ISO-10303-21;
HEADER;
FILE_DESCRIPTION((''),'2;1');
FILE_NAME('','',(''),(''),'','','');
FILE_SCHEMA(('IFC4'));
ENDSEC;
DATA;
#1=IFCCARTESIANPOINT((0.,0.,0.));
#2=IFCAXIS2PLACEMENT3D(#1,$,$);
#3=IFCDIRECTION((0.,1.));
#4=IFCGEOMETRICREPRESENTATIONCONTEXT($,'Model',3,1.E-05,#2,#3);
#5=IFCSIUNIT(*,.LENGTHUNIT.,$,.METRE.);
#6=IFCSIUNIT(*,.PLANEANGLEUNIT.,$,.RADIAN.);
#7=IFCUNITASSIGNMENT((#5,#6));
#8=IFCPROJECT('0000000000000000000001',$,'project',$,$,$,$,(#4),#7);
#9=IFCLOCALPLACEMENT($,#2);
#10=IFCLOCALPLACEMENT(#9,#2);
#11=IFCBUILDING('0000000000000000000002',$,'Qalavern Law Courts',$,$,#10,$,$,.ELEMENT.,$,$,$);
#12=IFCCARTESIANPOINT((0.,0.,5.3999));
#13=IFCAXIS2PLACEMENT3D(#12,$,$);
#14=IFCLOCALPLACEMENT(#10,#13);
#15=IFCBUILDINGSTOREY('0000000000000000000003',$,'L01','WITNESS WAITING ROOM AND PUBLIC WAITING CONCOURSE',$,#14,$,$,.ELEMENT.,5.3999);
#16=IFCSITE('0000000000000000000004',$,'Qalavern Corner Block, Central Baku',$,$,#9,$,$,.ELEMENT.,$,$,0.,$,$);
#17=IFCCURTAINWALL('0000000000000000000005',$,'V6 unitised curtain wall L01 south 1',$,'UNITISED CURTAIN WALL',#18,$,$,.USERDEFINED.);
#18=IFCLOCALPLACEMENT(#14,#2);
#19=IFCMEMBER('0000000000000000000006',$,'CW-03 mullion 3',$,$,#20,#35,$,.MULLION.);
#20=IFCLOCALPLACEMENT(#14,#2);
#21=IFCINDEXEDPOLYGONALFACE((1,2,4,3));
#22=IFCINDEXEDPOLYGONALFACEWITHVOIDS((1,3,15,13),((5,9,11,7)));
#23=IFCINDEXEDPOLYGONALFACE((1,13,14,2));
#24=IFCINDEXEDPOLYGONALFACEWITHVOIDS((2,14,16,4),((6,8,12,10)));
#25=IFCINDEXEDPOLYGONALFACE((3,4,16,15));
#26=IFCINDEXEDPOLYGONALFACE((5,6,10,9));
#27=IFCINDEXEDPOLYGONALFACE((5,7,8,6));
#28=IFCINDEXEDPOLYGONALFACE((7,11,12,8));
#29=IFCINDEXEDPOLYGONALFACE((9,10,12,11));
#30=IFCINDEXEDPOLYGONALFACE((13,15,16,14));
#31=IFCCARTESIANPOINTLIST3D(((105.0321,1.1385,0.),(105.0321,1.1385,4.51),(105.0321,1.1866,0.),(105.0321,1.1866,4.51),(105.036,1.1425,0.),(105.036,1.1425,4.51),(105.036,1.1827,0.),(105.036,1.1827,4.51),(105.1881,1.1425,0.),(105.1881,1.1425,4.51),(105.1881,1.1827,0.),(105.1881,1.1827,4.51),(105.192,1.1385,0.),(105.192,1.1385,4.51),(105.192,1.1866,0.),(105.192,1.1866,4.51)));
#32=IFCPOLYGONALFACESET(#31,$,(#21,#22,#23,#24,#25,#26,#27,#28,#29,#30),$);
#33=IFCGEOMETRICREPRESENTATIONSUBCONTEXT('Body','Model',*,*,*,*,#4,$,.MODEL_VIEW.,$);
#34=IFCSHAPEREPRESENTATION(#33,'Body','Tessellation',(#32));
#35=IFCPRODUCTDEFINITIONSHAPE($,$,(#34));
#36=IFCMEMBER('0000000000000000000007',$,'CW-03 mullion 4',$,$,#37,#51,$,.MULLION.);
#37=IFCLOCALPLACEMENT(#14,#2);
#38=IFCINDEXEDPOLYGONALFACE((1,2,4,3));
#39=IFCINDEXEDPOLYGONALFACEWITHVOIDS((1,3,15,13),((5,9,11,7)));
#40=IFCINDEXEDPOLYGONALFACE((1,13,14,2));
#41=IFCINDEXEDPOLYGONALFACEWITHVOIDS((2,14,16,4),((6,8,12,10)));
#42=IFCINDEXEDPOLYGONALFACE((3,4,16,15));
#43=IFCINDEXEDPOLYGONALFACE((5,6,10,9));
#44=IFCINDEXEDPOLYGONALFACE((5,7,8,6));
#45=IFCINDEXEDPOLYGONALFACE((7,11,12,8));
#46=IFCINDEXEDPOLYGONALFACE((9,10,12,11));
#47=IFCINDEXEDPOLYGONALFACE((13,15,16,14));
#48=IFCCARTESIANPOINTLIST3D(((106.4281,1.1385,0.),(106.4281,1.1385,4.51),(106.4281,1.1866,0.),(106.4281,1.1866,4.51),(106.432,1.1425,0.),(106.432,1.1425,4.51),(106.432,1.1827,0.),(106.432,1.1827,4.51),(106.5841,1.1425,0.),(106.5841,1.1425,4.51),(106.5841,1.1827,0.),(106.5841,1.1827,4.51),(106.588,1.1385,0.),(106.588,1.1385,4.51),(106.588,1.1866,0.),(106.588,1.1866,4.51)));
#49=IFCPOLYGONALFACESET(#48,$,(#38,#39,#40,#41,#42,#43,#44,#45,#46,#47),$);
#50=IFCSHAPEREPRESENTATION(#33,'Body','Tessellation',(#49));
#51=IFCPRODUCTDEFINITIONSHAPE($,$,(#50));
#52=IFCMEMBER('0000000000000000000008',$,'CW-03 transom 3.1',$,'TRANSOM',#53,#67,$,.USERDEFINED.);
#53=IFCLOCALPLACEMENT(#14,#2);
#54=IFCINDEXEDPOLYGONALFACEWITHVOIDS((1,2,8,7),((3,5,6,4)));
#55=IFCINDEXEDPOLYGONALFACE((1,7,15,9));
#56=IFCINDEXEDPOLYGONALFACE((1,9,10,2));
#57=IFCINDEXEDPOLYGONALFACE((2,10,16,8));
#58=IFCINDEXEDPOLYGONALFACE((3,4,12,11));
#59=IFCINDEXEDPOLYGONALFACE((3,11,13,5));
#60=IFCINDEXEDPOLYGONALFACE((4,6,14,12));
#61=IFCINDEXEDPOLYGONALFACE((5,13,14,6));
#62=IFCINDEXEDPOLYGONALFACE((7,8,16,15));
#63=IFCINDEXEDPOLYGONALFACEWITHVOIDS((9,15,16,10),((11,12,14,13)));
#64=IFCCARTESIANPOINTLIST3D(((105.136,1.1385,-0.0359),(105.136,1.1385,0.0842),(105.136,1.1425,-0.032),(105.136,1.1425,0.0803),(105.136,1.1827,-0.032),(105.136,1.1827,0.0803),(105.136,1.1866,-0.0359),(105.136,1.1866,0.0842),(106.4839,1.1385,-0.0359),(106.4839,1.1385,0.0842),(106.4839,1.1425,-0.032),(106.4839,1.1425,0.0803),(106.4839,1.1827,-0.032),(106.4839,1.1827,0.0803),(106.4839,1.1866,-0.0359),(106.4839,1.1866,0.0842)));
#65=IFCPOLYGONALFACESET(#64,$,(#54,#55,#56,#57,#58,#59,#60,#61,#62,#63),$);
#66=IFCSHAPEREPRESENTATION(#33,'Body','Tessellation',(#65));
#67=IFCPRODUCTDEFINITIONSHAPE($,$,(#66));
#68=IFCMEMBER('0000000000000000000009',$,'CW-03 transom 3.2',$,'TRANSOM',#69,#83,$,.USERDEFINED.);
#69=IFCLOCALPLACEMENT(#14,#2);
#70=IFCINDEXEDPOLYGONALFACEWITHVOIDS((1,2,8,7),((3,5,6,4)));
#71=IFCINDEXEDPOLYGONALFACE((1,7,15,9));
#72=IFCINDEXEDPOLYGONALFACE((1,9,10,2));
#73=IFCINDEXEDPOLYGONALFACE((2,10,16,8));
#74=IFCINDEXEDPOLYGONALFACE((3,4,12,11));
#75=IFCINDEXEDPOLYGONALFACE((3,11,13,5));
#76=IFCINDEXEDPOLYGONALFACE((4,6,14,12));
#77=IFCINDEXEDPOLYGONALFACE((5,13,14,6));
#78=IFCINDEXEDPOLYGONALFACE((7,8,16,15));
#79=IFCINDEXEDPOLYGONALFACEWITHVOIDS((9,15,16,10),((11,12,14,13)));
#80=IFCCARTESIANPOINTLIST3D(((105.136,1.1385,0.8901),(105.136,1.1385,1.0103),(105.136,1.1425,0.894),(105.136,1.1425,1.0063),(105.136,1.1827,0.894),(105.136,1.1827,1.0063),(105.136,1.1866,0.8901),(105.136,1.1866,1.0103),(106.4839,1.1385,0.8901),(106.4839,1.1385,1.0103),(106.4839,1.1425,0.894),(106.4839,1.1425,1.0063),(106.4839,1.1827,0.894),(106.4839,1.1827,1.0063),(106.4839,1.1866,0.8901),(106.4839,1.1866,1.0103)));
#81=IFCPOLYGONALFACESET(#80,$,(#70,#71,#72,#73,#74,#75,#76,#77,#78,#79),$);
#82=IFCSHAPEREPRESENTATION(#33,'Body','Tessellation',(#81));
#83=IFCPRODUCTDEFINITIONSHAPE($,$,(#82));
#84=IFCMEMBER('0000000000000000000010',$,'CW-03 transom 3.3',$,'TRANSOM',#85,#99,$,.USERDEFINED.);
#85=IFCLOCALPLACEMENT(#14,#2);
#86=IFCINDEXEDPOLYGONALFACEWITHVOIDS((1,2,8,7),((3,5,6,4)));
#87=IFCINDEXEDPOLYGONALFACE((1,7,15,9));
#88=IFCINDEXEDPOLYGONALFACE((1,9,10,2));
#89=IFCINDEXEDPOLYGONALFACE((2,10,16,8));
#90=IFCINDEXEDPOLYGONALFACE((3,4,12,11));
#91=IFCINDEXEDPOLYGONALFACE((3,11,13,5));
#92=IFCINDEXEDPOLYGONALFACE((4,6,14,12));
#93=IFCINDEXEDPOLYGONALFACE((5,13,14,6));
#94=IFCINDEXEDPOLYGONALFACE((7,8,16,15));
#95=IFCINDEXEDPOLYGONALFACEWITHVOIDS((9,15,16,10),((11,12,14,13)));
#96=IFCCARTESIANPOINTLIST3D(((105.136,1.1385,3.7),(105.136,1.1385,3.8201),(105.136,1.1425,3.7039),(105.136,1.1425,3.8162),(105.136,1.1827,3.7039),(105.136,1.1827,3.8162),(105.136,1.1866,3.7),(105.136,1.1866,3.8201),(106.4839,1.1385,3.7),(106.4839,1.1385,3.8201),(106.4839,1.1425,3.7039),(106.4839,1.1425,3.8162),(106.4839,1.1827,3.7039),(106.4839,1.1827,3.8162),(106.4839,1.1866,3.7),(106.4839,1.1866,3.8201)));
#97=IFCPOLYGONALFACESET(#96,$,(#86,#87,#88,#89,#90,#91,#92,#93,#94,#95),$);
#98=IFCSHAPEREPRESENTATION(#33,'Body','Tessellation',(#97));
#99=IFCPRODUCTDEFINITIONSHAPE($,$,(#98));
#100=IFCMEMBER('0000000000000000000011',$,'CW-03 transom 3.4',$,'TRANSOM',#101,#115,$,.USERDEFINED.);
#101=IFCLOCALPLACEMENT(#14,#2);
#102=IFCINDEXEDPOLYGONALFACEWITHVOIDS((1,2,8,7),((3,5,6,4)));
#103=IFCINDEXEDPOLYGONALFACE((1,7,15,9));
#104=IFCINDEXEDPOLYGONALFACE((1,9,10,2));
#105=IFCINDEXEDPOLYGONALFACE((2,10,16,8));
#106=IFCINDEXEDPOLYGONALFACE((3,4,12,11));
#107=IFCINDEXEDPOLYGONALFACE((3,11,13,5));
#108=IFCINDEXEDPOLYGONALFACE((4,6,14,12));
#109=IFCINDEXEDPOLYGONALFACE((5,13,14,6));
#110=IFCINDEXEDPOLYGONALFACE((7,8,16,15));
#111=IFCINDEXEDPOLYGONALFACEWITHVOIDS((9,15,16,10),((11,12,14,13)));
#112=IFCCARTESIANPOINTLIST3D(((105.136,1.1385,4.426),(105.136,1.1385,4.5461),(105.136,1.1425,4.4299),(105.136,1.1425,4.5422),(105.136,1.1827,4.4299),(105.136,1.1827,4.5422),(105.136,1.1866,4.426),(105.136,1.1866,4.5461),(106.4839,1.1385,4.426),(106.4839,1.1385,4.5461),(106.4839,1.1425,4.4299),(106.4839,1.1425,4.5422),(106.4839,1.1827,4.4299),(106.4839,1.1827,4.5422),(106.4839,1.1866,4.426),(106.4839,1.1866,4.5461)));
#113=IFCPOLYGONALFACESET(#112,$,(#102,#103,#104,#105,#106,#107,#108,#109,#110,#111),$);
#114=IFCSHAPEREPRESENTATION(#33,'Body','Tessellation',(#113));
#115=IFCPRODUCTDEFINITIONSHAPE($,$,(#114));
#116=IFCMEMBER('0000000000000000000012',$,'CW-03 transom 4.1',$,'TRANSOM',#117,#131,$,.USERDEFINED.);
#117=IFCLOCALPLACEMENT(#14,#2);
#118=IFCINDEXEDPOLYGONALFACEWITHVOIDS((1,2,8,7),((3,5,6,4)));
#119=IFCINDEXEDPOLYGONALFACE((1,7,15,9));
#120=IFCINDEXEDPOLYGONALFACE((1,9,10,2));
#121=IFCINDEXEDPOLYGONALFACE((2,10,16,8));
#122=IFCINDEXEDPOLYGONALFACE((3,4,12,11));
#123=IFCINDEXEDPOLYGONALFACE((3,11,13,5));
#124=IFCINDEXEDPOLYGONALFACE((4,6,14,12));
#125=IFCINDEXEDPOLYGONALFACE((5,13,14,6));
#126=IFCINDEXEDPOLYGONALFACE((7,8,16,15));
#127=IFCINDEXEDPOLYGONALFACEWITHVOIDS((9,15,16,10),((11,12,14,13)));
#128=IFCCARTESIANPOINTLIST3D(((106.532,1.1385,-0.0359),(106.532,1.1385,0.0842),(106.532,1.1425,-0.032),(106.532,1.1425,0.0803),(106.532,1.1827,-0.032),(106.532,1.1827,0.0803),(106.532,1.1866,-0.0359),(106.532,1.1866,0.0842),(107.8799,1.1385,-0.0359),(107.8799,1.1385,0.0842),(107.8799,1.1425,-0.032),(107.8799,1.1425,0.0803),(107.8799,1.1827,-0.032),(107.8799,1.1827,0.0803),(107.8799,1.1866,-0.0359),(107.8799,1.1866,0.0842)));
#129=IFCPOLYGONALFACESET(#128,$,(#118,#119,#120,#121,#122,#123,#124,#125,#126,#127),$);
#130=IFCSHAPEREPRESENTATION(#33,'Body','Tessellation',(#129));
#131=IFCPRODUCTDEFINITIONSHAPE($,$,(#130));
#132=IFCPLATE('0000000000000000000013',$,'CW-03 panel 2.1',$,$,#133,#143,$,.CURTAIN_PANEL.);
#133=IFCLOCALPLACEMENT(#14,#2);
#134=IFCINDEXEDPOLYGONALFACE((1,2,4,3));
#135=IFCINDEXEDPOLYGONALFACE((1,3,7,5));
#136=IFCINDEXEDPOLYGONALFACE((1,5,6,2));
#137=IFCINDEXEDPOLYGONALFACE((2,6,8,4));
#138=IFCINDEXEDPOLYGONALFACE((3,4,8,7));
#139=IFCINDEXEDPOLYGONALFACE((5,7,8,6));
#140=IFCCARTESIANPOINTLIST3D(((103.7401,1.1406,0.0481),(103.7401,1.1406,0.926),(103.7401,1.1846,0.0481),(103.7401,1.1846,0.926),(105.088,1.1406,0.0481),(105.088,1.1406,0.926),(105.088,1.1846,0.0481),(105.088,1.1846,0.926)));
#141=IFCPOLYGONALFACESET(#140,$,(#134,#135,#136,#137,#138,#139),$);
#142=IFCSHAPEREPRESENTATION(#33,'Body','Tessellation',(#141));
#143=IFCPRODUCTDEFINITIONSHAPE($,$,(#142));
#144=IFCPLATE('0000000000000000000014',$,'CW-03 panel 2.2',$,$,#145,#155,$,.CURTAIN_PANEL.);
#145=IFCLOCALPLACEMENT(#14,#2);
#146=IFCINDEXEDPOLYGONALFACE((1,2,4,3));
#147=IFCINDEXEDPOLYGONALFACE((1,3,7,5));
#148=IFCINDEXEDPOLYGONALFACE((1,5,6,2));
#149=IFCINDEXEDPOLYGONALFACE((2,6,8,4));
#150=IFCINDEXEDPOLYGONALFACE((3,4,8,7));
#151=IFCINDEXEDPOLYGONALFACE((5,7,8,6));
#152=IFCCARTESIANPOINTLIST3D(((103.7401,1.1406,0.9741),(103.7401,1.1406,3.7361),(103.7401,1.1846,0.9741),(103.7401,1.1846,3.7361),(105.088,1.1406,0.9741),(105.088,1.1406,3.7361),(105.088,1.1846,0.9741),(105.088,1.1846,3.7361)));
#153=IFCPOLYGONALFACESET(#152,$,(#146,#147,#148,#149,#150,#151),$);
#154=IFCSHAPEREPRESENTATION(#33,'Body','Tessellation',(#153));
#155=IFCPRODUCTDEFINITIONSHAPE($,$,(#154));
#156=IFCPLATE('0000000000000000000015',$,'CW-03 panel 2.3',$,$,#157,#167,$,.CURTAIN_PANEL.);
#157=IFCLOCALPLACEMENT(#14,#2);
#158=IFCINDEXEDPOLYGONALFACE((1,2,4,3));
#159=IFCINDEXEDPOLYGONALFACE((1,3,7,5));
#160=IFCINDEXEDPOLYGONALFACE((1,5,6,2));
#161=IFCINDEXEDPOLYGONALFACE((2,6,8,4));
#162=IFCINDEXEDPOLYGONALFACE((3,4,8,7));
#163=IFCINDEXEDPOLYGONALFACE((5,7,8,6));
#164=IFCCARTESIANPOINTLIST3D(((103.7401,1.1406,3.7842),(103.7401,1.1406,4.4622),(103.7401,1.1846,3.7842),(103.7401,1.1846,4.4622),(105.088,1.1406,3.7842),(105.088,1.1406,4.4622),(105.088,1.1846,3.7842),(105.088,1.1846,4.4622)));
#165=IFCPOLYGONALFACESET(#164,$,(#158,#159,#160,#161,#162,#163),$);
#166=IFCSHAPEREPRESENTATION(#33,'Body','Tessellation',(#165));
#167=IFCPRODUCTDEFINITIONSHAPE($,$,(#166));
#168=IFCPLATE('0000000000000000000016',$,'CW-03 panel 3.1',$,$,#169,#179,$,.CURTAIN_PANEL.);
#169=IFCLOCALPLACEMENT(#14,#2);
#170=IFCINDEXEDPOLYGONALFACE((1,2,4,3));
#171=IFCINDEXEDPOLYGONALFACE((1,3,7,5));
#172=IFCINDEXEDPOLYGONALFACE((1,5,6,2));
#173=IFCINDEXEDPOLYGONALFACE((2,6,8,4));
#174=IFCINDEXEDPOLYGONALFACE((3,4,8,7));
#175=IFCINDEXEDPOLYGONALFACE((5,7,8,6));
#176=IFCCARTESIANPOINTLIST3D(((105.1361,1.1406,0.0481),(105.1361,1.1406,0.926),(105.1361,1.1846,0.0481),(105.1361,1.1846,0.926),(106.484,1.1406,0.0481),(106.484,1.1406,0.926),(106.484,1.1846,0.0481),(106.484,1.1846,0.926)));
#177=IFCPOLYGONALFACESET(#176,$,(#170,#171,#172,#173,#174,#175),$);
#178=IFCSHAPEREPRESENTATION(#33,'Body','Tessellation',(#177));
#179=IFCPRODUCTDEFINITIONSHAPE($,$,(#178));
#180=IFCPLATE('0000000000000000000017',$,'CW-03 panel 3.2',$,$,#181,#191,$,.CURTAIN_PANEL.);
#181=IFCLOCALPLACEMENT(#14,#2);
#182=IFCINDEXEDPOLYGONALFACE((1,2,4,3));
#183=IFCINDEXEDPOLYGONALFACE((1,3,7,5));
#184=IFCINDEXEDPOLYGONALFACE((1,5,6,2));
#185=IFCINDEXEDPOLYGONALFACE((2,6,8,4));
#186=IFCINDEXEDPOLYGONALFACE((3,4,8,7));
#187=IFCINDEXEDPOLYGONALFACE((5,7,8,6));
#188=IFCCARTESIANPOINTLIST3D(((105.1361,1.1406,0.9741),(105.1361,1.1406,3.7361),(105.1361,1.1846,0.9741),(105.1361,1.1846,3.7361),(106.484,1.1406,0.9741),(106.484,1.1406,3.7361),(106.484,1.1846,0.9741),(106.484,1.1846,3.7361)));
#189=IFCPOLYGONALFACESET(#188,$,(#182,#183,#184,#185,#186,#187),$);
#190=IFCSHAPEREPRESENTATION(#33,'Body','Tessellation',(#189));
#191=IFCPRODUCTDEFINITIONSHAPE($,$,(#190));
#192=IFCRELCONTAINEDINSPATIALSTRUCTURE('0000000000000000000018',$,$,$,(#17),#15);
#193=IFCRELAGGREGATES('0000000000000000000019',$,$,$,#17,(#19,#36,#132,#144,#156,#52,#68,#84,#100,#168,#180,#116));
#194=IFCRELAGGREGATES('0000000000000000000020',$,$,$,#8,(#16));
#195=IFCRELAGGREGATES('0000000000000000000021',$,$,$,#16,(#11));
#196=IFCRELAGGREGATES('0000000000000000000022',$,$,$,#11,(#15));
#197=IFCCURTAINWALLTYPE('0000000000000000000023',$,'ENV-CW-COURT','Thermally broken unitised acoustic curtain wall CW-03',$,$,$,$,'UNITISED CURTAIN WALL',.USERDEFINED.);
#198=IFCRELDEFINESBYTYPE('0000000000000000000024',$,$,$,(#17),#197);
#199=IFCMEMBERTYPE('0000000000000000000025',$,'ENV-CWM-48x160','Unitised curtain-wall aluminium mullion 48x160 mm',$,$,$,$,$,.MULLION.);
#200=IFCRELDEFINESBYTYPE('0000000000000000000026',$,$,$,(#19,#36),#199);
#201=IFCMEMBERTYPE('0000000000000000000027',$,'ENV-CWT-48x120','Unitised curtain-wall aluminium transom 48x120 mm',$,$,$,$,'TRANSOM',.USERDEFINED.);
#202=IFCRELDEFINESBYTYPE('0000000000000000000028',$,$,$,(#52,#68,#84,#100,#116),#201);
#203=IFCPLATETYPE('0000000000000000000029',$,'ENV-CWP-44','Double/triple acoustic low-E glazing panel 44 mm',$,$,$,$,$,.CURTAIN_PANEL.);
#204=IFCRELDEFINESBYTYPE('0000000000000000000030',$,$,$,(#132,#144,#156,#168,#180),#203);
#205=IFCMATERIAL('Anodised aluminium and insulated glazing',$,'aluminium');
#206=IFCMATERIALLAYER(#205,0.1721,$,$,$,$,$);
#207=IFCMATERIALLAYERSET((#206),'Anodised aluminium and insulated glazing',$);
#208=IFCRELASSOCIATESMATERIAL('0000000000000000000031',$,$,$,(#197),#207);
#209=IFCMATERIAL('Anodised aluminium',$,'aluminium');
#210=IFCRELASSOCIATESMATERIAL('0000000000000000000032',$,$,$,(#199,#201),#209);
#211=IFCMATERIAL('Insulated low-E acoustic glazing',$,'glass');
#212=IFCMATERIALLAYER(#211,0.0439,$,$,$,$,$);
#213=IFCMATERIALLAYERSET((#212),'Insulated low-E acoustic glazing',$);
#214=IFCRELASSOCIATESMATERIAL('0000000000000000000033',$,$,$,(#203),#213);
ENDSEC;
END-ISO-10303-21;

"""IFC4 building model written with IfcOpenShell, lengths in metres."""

from ifc_helpers import new_model, si_unit, direction, frame, origin, origin_2d, place, context, subcontext, project, spatial, rectangle, hollow_rectangle, extrude, material, layer, layer_set, material_profile, profile_set, type_object, element, aggregate, save


model = new_model("IFC4")

# Units and contexts
model_context = context("Model", 3, precision=1e-05, world=origin(), true_north=direction((0.0, 1.0)))
body_context = subcontext(model_context, "Body", "Model", "MODEL_VIEW")
ifc_project = project(units=[si_unit("LENGTHUNIT", "METRE"), si_unit("PLANEANGLEUNIT", "RADIAN")], contexts=[model_context])

# Site, building, storey
site_placement = place(None, origin())
site = spatial("IfcSite", under=ifc_project, at=site_placement, Name="Qalavern Corner Block, Central Baku", CompositionType="ELEMENT", RefElevation=0.0)
building_placement = place(site_placement, origin())
building = spatial("IfcBuilding", under=site, at=building_placement, Name="Qalavern Law Courts", CompositionType="ELEMENT")
storey_placement = place(building_placement, frame((0.0, 0.0, 5.3999)))
storey = spatial("IfcBuildingStorey", under=building, at=storey_placement, Name="L01", Description="WITNESS WAITING ROOM AND PUBLIC WAITING CONCOURSE", CompositionType="ELEMENT", Elevation=5.3999)

# Curtain wall, members, plates
ifc_material_1 = material(Name="Anodised aluminium and insulated glazing", Category="aluminium")
ifc_layer_1 = layer(ifc_material_1, 0.1721)
ifc_layer_set_1 = layer_set([ifc_layer_1], Name="Anodised aluminium and insulated glazing")
curtain_wall_type = type_object("IfcCurtainWallType", Name="ENV-CW-COURT", Description="Thermally broken unitised acoustic curtain wall CW-03", ElementType="UNITISED CURTAIN WALL", PredefinedType="USERDEFINED", material=ifc_layer_set_1)
curtain_wall_placement = place(storey_placement, origin())
curtain_wall = element("IfcCurtainWall", 1, at=curtain_wall_placement, inside=storey, type_object=curtain_wall_type, Name="V6 unitised curtain wall L01 south 1", ObjectType="UNITISED CURTAIN WALL", PredefinedType="USERDEFINED")
ifc_material_2 = material(Name="Anodised aluminium", Category="aluminium")
ifc_material_profile_1 = material_profile(ifc_material_2, hollow_rectangle(XDim=0.0481, YDim=0.1599, WallThickness=0.0039, at=origin_2d()), Name="ALU MULLION 48x160")
ifc_profile_set_1 = profile_set([ifc_material_profile_1], Name="Anodised aluminium")
member_type_1 = type_object("IfcMemberType", Name="ENV-CWM-48x160", Description="Unitised curtain-wall aluminium mullion 48x160 mm", PredefinedType="MULLION", material=ifc_profile_set_1)
member_1_placement = place(storey_placement, frame((105.1121, 1.1626, 0.0), z_axis=(0.0, 0.0, 1.0), x_axis=(0.0, 1.0, 0.0)))
member_1 = element("IfcMember", 2, at=member_1_placement, type_object=member_type_1, Name="CW-03 mullion 3", PredefinedType="MULLION", context=body_context, shape_type="SweptSolid", body=[
    extrude(hollow_rectangle(XDim=0.0481, YDim=0.1599, WallThickness=0.0039, at=origin_2d()), origin(), (0.0, 0.0, 1.0), 4.51),
])
member_2_placement = place(storey_placement, frame((106.5081, 1.1626, 0.0), z_axis=(0.0, 0.0, 1.0), x_axis=(0.0, 1.0, 0.0)))
member_2 = element("IfcMember", 3, at=member_2_placement, type_object=member_type_1, Name="CW-03 mullion 4", PredefinedType="MULLION", context=body_context, shape_type="SweptSolid", body=[
    extrude(hollow_rectangle(XDim=0.0481, YDim=0.1599, WallThickness=0.0039, at=origin_2d()), origin(), (0.0, 0.0, 1.0), 4.51),
])
ifc_material_profile_2 = material_profile(ifc_material_2, hollow_rectangle(XDim=0.0481, YDim=0.1201, WallThickness=0.0039, at=origin_2d()), Name="ALU TRANSOM 48x120")
ifc_profile_set_2 = profile_set([ifc_material_profile_2], Name="Anodised aluminium")
member_type_2 = type_object("IfcMemberType", Name="ENV-CWT-48x120", Description="Unitised curtain-wall aluminium transom 48x120 mm", ElementType="TRANSOM", PredefinedType="USERDEFINED", material=ifc_profile_set_2)
member_3_placement = place(storey_placement, frame((105.136, 1.1626, 0.0242), z_axis=(1.0, 0.0, 0.0), x_axis=(0.0, 1.0, 0.0)))
member_3 = element("IfcMember", 4, at=member_3_placement, type_object=member_type_2, Name="CW-03 transom 3.1", ObjectType="TRANSOM", PredefinedType="USERDEFINED", context=body_context, shape_type="SweptSolid", body=[
    extrude(hollow_rectangle(XDim=0.0481, YDim=0.1201, WallThickness=0.0039, at=origin_2d()), origin(), (0.0, 0.0, 1.0), 1.3479),
])
member_4_placement = place(storey_placement, frame((105.136, 1.1626, 0.9502), z_axis=(1.0, 0.0, 0.0), x_axis=(0.0, 1.0, 0.0)))
member_4 = element("IfcMember", 5, at=member_4_placement, type_object=member_type_2, Name="CW-03 transom 3.2", ObjectType="TRANSOM", PredefinedType="USERDEFINED", context=body_context, shape_type="SweptSolid", body=[
    extrude(hollow_rectangle(XDim=0.0481, YDim=0.1201, WallThickness=0.0039, at=origin_2d()), origin(), (0.0, 0.0, 1.0), 1.3479),
])
member_5_placement = place(storey_placement, frame((105.136, 1.1626, 3.76), z_axis=(1.0, 0.0, 0.0), x_axis=(0.0, 1.0, 0.0)))
member_5 = element("IfcMember", 6, at=member_5_placement, type_object=member_type_2, Name="CW-03 transom 3.3", ObjectType="TRANSOM", PredefinedType="USERDEFINED", context=body_context, shape_type="SweptSolid", body=[
    extrude(hollow_rectangle(XDim=0.0481, YDim=0.1201, WallThickness=0.0039, at=origin_2d()), origin(), (0.0, 0.0, 1.0), 1.3479),
])
member_6_placement = place(storey_placement, frame((105.136, 1.1626, 4.4861), z_axis=(1.0, 0.0, 0.0), x_axis=(0.0, 1.0, 0.0)))
member_6 = element("IfcMember", 7, at=member_6_placement, type_object=member_type_2, Name="CW-03 transom 3.4", ObjectType="TRANSOM", PredefinedType="USERDEFINED", context=body_context, shape_type="SweptSolid", body=[
    extrude(hollow_rectangle(XDim=0.0481, YDim=0.1201, WallThickness=0.0039, at=origin_2d()), origin(), (0.0, 0.0, 1.0), 1.3479),
])
member_7_placement = place(storey_placement, frame((106.532, 1.1626, 0.0242), z_axis=(1.0, 0.0, 0.0), x_axis=(0.0, 1.0, 0.0)))
member_7 = element("IfcMember", 8, at=member_7_placement, type_object=member_type_2, Name="CW-03 transom 4.1", ObjectType="TRANSOM", PredefinedType="USERDEFINED", context=body_context, shape_type="SweptSolid", body=[
    extrude(hollow_rectangle(XDim=0.0481, YDim=0.1201, WallThickness=0.0039, at=origin_2d()), origin(), (0.0, 0.0, 1.0), 1.3479),
])
ifc_material_3 = material(Name="Insulated low-E acoustic glazing", Category="glass")
ifc_layer_2 = layer(ifc_material_3, 0.0439)
ifc_layer_set_2 = layer_set([ifc_layer_2], Name="Insulated low-E acoustic glazing")
plate_type = type_object("IfcPlateType", Name="ENV-CWP-44", Description="Double/triple acoustic low-E glazing panel 44 mm", PredefinedType="CURTAIN_PANEL", material=ifc_layer_set_2)
plate_1_placement = place(storey_placement, frame((104.4141, 1.1626, 0.0481), z_axis=(0.0, 0.0, 1.0), x_axis=(1.0, 0.0, 0.0)))
plate_1 = element("IfcPlate", 9, at=plate_1_placement, type_object=plate_type, Name="CW-03 panel 2.1", PredefinedType="CURTAIN_PANEL", context=body_context, shape_type="SweptSolid", body=[
    extrude(rectangle(XDim=1.3479, YDim=0.0439, at=origin_2d()), origin(), (0.0, 0.0, 1.0), 0.8779),
])
plate_2_placement = place(storey_placement, frame((104.4141, 1.1626, 0.9741), z_axis=(0.0, 0.0, 1.0), x_axis=(1.0, 0.0, 0.0)))
plate_2 = element("IfcPlate", 10, at=plate_2_placement, type_object=plate_type, Name="CW-03 panel 2.2", PredefinedType="CURTAIN_PANEL", context=body_context, shape_type="SweptSolid", body=[
    extrude(rectangle(XDim=1.3479, YDim=0.0439, at=origin_2d()), origin(), (0.0, 0.0, 1.0), 2.762),
])
plate_3_placement = place(storey_placement, frame((104.4141, 1.1626, 3.7842), z_axis=(0.0, 0.0, 1.0), x_axis=(1.0, 0.0, 0.0)))
plate_3 = element("IfcPlate", 11, at=plate_3_placement, type_object=plate_type, Name="CW-03 panel 2.3", PredefinedType="CURTAIN_PANEL", context=body_context, shape_type="SweptSolid", body=[
    extrude(rectangle(XDim=1.3479, YDim=0.0439, at=origin_2d()), origin(), (0.0, 0.0, 1.0), 0.678),
])
plate_4_placement = place(storey_placement, frame((105.8101, 1.1626, 0.0481), z_axis=(0.0, 0.0, 1.0), x_axis=(1.0, 0.0, 0.0)))
plate_4 = element("IfcPlate", 12, at=plate_4_placement, type_object=plate_type, Name="CW-03 panel 3.1", PredefinedType="CURTAIN_PANEL", context=body_context, shape_type="SweptSolid", body=[
    extrude(rectangle(XDim=1.3479, YDim=0.0439, at=origin_2d()), origin(), (0.0, 0.0, 1.0), 0.8779),
])
plate_5_placement = place(storey_placement, frame((105.8101, 1.1626, 0.9741), z_axis=(0.0, 0.0, 1.0), x_axis=(1.0, 0.0, 0.0)))
plate_5 = element("IfcPlate", 13, at=plate_5_placement, type_object=plate_type, Name="CW-03 panel 3.2", PredefinedType="CURTAIN_PANEL", context=body_context, shape_type="SweptSolid", body=[
    extrude(rectangle(XDim=1.3479, YDim=0.0439, at=origin_2d()), origin(), (0.0, 0.0, 1.0), 2.762),
])
aggregate(curtain_wall, [member_1, member_2, plate_1, plate_2, plate_3, member_3, member_4, member_5, member_6, plate_4, plate_5, member_7])

save(model, "model.ifc")
